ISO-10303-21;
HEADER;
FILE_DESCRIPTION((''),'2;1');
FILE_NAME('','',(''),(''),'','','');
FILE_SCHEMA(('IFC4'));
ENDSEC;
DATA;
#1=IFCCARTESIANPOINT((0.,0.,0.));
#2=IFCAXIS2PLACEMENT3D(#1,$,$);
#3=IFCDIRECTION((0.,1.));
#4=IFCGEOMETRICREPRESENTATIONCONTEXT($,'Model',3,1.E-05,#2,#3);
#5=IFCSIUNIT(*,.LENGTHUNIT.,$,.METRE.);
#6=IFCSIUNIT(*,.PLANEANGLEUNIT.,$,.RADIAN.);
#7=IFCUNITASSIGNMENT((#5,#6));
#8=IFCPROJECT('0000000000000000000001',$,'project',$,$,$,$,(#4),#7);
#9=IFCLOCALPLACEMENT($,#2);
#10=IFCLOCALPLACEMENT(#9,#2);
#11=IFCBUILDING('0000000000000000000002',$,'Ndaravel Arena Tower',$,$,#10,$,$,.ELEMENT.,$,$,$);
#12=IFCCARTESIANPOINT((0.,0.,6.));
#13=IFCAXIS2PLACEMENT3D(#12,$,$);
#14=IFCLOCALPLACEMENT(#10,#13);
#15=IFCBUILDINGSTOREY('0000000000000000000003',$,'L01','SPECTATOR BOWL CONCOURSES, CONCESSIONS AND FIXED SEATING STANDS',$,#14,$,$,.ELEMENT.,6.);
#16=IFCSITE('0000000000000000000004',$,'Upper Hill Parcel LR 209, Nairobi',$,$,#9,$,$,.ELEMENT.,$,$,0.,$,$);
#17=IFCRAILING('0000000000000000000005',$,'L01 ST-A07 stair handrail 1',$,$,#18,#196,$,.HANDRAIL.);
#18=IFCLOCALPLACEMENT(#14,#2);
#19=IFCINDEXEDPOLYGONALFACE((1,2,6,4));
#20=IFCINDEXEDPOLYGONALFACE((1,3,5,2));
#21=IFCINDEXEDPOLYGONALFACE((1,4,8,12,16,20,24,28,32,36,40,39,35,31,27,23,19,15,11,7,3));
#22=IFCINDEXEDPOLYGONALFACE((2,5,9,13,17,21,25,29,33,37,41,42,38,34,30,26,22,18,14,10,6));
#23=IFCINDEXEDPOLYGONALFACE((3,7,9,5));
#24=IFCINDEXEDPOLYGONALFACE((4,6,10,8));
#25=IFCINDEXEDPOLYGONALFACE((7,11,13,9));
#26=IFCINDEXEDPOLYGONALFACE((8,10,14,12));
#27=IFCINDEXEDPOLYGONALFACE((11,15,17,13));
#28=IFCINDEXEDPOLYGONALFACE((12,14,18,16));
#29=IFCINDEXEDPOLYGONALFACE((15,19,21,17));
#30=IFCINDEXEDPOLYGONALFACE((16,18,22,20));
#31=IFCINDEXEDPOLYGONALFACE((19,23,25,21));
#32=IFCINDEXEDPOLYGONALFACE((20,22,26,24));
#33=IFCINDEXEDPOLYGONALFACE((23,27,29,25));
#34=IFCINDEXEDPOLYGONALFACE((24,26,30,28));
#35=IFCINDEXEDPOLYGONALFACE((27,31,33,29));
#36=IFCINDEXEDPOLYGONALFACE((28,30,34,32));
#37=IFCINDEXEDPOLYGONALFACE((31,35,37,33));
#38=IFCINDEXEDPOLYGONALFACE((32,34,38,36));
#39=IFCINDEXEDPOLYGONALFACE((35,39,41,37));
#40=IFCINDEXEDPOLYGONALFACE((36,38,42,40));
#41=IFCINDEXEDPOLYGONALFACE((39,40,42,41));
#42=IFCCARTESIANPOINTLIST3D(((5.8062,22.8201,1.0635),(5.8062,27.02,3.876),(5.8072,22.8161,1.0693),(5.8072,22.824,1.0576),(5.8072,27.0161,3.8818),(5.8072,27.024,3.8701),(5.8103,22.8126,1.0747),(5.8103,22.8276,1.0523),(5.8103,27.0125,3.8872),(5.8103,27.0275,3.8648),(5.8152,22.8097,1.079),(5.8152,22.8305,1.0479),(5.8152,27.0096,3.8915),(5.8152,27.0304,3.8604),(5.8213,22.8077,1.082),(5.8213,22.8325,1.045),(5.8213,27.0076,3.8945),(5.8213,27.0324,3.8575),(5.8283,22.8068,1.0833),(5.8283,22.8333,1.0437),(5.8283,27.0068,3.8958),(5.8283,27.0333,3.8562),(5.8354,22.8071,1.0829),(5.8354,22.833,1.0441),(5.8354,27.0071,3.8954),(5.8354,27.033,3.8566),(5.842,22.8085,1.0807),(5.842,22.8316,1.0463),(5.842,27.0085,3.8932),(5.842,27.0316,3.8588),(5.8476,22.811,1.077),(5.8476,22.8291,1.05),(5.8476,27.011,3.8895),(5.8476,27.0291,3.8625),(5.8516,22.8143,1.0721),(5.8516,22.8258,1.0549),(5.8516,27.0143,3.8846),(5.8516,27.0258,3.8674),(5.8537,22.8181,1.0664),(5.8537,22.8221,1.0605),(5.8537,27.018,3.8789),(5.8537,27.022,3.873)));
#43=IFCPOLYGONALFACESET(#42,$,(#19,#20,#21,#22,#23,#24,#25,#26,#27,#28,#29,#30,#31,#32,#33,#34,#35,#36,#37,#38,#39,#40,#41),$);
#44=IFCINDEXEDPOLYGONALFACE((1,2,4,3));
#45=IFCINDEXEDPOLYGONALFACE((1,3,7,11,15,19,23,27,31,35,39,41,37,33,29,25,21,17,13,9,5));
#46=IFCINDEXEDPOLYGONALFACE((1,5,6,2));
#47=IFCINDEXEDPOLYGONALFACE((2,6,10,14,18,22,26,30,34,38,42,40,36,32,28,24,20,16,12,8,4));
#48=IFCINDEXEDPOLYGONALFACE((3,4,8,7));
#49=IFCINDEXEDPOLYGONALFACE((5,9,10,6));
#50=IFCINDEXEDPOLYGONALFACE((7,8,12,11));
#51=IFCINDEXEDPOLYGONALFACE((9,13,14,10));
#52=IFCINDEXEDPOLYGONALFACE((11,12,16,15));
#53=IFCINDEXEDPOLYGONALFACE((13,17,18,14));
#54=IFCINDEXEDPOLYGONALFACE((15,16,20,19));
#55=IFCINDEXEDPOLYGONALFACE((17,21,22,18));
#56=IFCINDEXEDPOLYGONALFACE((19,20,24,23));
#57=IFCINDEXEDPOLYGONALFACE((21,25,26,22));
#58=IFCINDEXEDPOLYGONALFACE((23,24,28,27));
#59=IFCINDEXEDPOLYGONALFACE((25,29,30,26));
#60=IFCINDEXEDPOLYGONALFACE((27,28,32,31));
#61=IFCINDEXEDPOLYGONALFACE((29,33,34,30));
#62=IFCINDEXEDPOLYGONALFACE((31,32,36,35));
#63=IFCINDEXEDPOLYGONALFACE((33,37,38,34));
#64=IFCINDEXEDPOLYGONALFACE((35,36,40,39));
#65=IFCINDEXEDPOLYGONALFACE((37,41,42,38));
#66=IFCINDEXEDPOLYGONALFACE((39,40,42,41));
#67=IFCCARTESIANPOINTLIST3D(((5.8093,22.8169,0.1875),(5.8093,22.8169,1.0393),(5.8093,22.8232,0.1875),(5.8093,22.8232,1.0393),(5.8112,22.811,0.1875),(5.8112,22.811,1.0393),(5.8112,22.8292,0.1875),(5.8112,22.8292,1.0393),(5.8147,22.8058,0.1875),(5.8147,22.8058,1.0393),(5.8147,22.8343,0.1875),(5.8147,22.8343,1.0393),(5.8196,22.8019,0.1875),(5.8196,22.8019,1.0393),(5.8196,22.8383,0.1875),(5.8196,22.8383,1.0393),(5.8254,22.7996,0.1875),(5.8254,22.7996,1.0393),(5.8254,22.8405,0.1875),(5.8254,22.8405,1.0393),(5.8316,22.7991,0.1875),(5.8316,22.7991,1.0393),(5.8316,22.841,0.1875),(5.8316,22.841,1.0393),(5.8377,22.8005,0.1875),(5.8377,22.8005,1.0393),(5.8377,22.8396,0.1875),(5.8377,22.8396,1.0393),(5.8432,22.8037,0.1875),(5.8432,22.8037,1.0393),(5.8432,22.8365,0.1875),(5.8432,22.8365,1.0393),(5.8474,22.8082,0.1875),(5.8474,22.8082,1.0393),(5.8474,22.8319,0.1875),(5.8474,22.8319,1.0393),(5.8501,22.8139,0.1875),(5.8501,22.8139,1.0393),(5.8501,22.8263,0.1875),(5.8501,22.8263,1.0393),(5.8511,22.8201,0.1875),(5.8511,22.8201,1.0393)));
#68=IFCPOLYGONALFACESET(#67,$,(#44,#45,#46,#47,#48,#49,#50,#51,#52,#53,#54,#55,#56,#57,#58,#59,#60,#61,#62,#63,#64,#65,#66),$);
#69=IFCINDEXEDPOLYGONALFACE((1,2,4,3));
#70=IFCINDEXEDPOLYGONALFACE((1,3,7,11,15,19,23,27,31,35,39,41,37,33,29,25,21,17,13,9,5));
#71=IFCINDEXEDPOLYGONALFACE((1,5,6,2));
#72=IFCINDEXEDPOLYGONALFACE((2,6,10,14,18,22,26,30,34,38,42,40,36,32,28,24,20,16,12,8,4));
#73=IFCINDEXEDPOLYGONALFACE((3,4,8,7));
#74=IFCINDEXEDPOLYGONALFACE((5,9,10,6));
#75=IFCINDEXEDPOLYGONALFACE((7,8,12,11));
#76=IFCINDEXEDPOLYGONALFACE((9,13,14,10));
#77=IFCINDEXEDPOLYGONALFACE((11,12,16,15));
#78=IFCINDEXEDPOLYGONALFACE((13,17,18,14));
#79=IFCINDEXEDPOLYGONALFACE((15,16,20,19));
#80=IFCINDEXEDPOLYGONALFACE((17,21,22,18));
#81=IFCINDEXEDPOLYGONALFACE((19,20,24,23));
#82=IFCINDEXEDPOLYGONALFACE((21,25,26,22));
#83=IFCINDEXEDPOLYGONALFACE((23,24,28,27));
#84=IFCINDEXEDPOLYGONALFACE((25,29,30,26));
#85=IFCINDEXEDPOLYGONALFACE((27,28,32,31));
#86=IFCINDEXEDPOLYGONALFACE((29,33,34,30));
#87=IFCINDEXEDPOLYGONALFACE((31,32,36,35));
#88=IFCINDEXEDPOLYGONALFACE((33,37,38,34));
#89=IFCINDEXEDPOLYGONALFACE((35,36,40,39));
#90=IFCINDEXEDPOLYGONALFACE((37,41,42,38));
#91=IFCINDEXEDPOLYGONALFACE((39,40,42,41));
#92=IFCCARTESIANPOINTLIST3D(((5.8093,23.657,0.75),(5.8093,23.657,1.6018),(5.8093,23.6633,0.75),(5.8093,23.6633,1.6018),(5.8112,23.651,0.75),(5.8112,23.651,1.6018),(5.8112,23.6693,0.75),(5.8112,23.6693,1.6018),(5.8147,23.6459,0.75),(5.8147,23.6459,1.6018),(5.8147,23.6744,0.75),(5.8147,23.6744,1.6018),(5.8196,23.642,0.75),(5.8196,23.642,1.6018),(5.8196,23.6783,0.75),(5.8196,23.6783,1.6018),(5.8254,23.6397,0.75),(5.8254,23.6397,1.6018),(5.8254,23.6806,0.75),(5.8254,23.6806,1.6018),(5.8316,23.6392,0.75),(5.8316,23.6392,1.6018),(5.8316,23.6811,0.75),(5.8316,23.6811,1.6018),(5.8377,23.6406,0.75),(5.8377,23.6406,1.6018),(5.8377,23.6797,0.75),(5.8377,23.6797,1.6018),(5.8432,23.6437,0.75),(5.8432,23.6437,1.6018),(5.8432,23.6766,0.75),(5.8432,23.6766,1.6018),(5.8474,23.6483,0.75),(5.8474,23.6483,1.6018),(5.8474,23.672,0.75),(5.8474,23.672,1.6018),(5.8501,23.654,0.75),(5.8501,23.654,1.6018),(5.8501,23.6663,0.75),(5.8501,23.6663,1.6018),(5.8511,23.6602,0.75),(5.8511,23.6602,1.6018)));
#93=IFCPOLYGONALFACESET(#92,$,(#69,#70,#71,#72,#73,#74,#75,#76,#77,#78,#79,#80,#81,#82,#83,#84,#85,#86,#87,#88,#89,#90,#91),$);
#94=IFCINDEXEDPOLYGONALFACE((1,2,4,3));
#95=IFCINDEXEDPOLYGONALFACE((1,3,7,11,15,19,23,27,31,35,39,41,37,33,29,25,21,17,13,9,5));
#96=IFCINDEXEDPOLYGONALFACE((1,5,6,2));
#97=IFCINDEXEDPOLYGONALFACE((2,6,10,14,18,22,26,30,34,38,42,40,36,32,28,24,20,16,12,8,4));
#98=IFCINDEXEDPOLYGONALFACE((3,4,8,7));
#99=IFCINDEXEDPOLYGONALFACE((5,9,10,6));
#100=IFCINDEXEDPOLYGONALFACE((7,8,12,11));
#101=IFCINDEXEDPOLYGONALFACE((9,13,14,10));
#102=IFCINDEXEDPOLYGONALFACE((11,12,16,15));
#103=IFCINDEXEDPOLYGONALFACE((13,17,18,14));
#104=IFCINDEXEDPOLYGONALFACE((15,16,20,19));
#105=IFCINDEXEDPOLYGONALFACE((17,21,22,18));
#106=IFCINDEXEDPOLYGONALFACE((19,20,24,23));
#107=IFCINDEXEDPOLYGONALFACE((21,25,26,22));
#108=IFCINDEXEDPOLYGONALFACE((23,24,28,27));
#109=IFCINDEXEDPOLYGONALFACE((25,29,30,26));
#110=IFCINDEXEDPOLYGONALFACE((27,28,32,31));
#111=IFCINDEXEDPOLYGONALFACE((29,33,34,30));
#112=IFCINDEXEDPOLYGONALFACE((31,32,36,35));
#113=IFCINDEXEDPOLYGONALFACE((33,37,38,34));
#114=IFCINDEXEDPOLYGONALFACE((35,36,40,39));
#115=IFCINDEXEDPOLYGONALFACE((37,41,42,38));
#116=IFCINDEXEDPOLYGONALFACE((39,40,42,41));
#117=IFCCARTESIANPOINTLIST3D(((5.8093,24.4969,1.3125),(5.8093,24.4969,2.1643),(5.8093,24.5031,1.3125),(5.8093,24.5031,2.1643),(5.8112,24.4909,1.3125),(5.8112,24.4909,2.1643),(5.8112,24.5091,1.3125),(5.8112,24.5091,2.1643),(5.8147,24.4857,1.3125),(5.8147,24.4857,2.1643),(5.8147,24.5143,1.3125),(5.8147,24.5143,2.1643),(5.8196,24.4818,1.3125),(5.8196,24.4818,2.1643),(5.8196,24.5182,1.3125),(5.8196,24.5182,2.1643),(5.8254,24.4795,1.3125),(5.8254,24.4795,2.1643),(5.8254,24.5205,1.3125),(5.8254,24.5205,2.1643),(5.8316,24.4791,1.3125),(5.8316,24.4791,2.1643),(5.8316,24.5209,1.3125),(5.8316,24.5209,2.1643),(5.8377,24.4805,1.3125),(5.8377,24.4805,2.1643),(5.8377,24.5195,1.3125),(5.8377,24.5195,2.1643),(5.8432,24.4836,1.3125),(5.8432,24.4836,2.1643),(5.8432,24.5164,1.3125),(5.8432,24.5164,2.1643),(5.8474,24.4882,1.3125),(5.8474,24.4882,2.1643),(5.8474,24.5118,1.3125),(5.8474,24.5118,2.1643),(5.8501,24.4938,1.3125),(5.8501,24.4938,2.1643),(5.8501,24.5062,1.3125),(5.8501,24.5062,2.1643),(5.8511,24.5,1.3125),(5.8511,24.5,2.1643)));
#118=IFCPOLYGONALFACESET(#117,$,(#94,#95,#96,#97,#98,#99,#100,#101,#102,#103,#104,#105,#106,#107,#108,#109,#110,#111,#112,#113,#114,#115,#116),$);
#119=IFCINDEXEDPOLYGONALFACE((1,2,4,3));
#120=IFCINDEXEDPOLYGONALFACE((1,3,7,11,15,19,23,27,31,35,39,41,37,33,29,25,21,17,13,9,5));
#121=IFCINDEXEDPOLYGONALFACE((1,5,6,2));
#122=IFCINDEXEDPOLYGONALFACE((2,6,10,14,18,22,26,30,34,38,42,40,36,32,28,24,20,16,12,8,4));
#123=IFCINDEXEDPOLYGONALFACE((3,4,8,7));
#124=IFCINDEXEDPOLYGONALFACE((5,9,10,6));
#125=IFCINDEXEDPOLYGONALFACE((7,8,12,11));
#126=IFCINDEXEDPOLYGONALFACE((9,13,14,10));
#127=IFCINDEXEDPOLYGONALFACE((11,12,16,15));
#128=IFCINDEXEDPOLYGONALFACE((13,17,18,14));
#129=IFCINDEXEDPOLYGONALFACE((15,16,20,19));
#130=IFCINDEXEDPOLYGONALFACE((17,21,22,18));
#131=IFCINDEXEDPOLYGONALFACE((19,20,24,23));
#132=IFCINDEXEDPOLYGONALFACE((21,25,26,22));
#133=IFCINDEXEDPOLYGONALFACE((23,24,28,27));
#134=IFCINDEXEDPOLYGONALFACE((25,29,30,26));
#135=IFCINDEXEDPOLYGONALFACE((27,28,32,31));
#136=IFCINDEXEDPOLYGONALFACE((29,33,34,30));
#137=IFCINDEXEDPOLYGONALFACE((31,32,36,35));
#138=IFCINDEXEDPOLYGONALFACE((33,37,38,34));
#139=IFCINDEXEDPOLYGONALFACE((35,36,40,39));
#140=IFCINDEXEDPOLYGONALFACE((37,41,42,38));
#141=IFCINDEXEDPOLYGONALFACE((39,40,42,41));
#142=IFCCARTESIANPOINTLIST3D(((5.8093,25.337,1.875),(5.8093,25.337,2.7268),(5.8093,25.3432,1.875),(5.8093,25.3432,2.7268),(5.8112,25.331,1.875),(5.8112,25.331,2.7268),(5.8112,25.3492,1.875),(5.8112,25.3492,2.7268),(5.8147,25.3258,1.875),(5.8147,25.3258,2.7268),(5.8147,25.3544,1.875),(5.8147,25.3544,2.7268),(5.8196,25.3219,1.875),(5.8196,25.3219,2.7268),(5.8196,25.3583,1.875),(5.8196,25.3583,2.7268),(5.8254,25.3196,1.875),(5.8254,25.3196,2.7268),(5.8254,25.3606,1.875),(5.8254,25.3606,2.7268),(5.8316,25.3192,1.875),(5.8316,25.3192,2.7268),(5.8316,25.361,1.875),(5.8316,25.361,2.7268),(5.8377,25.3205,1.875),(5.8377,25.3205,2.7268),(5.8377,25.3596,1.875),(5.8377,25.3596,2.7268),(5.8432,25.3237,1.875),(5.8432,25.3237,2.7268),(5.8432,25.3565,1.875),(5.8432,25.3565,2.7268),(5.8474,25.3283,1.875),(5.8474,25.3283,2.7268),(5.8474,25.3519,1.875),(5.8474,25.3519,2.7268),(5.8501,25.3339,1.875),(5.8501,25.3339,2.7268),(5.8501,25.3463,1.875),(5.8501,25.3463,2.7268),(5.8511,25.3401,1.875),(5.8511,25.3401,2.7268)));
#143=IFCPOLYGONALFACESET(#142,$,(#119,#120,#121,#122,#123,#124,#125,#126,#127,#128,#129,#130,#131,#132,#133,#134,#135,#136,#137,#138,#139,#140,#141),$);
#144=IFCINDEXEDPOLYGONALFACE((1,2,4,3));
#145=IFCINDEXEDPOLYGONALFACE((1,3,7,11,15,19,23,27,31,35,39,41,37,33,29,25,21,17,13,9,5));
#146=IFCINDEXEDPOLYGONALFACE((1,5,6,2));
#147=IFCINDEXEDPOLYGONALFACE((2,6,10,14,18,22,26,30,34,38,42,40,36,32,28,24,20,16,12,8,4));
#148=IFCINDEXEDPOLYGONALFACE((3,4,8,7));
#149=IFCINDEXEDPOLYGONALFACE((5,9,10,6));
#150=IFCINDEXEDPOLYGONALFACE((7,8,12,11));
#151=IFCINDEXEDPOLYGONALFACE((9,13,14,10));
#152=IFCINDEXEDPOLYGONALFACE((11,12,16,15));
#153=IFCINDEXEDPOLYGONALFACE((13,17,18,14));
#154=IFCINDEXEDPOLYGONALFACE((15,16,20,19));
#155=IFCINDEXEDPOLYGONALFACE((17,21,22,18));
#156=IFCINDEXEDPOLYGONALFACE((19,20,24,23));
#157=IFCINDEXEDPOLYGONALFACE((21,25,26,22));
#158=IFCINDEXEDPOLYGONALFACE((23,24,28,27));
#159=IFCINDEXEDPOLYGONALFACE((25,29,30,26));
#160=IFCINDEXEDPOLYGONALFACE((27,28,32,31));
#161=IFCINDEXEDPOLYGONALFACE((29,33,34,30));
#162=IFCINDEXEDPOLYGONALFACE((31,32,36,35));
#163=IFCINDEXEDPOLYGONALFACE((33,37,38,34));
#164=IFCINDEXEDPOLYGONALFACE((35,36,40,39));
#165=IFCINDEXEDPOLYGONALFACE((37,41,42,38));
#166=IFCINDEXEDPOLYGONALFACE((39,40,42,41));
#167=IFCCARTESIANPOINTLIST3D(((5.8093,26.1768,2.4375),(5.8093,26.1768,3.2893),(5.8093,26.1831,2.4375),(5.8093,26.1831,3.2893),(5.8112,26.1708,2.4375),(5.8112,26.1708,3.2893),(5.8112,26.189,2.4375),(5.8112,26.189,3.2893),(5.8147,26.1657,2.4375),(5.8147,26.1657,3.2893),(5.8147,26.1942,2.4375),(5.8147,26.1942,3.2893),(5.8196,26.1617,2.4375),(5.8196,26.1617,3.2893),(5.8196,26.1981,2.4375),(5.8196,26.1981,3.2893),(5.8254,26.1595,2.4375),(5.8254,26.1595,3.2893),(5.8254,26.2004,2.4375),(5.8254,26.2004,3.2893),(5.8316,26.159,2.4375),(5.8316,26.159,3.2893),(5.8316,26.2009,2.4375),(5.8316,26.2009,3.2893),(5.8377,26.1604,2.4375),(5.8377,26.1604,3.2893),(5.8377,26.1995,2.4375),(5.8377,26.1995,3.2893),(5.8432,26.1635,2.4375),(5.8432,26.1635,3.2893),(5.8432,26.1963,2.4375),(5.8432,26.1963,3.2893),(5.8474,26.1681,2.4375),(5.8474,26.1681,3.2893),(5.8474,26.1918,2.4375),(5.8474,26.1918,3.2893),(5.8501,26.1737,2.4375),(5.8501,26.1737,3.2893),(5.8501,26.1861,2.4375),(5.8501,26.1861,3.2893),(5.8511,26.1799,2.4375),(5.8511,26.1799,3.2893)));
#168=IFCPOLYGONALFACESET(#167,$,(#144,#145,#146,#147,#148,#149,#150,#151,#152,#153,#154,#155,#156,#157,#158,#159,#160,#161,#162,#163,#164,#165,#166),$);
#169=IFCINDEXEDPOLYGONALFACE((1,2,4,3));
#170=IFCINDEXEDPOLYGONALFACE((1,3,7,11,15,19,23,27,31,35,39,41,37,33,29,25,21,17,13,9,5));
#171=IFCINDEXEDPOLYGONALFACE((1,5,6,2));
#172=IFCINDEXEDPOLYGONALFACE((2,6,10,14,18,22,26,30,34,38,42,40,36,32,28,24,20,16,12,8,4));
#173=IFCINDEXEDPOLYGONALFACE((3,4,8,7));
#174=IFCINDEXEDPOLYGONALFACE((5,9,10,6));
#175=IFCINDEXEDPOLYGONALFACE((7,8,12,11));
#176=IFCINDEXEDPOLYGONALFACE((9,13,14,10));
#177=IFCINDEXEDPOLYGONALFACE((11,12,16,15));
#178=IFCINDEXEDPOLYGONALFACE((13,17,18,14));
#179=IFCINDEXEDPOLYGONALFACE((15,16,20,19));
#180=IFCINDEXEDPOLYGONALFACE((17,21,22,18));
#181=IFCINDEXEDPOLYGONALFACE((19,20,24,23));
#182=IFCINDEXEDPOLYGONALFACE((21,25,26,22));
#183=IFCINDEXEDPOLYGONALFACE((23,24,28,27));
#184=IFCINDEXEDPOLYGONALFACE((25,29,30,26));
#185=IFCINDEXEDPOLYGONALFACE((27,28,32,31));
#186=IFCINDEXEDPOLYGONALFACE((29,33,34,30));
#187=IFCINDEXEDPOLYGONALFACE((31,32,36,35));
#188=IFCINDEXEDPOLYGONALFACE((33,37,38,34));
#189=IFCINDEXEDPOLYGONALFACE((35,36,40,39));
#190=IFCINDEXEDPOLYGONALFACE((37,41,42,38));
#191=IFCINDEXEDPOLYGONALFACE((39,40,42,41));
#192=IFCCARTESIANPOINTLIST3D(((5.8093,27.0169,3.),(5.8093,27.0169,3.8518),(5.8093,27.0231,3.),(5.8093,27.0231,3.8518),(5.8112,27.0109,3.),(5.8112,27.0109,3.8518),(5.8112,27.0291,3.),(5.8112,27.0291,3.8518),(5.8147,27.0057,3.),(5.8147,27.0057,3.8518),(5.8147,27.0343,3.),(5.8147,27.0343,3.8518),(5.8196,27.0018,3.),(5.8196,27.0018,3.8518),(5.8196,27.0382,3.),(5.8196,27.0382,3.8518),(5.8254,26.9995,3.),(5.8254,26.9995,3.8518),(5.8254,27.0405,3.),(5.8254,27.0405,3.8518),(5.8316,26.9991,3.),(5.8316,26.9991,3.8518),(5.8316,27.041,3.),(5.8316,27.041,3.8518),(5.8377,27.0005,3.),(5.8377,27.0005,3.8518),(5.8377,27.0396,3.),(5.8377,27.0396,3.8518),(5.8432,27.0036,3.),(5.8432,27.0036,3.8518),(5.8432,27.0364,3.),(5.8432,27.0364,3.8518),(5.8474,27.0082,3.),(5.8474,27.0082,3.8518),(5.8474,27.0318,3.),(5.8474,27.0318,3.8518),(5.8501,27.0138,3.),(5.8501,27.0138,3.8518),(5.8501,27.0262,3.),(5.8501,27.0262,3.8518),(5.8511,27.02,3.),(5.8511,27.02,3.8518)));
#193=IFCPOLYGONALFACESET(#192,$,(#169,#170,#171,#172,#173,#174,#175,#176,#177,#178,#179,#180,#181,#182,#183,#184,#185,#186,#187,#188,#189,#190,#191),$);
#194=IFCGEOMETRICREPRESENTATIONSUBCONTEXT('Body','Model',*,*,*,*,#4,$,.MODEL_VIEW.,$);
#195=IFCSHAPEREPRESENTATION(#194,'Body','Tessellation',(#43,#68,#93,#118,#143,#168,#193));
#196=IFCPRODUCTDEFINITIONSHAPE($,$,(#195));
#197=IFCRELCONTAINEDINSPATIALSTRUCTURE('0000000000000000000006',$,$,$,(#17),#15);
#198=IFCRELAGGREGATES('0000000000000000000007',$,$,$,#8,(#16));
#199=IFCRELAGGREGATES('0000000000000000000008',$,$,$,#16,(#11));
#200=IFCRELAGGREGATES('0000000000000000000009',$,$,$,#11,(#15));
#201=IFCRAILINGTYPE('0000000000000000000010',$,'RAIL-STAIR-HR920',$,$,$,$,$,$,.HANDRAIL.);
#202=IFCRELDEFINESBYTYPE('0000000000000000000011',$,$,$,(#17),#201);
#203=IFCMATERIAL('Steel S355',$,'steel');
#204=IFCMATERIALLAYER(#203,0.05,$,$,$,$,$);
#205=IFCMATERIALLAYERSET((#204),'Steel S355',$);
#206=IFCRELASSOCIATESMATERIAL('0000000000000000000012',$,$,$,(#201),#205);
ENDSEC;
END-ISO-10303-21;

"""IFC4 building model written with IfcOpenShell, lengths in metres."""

from ifc_helpers import new_model, si_unit, direction, frame, origin, origin_2d, place, context, subcontext, project, spatial, circle, extrude, material, layer, layer_set, type_object, element, save


model = new_model("IFC4")

# Units and contexts
model_context = context("Model", 3, precision=1e-05, world=origin(), true_north=direction((0.0, 1.0)))
body_context = subcontext(model_context, "Body", "Model", "MODEL_VIEW")
ifc_project = project(units=[si_unit("LENGTHUNIT", "METRE"), si_unit("PLANEANGLEUNIT", "RADIAN")], contexts=[model_context])

# Site, building, storey
site_placement = place(None, origin())
site = spatial("IfcSite", under=ifc_project, at=site_placement, Name="Upper Hill Parcel LR 209, Nairobi", CompositionType="ELEMENT", RefElevation=0.0)
building_placement = place(site_placement, origin())
building = spatial("IfcBuilding", under=site, at=building_placement, Name="Ndaravel Arena Tower", CompositionType="ELEMENT")
storey_placement = place(building_placement, frame((0.0, 0.0, 6.0)))
storey = spatial("IfcBuildingStorey", under=building, at=storey_placement, Name="L01", Description="SPECTATOR BOWL CONCOURSES, CONCESSIONS AND FIXED SEATING STANDS", CompositionType="ELEMENT", Elevation=6.0)

# Railing
ifc_material_1 = material(Name="Steel S355", Category="steel")
ifc_layer_1 = layer(ifc_material_1, 0.05)
ifc_layer_set_1 = layer_set([ifc_layer_1], Name="Steel S355")
railing_type_1 = type_object("IfcRailingType", Name="RAIL-STAIR-HR920", PredefinedType="HANDRAIL", material=ifc_layer_set_1)
railing_1_placement = place(storey_placement, frame((5.8301, 22.8201, 0.1875)))
element("IfcRailing", 1, at=railing_1_placement, inside=storey, type_object=railing_type_1, Name="L01 ST-A07 stair handrail 1", PredefinedType="HANDRAIL", context=body_context, shape_type="SweptSolid", body=[
    extrude(circle(Radius=0.0239, at=origin_2d()), frame((0.0, 0.0, 0.876), z_axis=(0.0, 0.830904, 0.556416), x_axis=(-1.0, 0.0, 0.0)), (0.0, 0.0, 1.0), 5.0547),
    extrude(circle(Radius=0.021, at=origin_2d()), origin(), (0.0, 0.0, 1.0), 0.8518),
    extrude(circle(Radius=0.021, at=origin_2d()), frame((0.0, 0.8401, 0.5625)), (0.0, 0.0, 1.0), 0.8518),
    extrude(circle(Radius=0.021, at=origin_2d()), frame((0.0, 1.6799, 1.125)), (0.0, 0.0, 1.0), 0.8518),
    extrude(circle(Radius=0.021, at=origin_2d()), frame((0.0, 2.52, 1.6875)), (0.0, 0.0, 1.0), 0.8518),
    extrude(circle(Radius=0.021, at=origin_2d()), frame((0.0, 3.3599, 2.25)), (0.0, 0.0, 1.0), 0.8518),
    extrude(circle(Radius=0.021, at=origin_2d()), frame((0.0, 4.2, 2.8125)), (0.0, 0.0, 1.0), 0.8518),
])

save(model, "model.ifc")
